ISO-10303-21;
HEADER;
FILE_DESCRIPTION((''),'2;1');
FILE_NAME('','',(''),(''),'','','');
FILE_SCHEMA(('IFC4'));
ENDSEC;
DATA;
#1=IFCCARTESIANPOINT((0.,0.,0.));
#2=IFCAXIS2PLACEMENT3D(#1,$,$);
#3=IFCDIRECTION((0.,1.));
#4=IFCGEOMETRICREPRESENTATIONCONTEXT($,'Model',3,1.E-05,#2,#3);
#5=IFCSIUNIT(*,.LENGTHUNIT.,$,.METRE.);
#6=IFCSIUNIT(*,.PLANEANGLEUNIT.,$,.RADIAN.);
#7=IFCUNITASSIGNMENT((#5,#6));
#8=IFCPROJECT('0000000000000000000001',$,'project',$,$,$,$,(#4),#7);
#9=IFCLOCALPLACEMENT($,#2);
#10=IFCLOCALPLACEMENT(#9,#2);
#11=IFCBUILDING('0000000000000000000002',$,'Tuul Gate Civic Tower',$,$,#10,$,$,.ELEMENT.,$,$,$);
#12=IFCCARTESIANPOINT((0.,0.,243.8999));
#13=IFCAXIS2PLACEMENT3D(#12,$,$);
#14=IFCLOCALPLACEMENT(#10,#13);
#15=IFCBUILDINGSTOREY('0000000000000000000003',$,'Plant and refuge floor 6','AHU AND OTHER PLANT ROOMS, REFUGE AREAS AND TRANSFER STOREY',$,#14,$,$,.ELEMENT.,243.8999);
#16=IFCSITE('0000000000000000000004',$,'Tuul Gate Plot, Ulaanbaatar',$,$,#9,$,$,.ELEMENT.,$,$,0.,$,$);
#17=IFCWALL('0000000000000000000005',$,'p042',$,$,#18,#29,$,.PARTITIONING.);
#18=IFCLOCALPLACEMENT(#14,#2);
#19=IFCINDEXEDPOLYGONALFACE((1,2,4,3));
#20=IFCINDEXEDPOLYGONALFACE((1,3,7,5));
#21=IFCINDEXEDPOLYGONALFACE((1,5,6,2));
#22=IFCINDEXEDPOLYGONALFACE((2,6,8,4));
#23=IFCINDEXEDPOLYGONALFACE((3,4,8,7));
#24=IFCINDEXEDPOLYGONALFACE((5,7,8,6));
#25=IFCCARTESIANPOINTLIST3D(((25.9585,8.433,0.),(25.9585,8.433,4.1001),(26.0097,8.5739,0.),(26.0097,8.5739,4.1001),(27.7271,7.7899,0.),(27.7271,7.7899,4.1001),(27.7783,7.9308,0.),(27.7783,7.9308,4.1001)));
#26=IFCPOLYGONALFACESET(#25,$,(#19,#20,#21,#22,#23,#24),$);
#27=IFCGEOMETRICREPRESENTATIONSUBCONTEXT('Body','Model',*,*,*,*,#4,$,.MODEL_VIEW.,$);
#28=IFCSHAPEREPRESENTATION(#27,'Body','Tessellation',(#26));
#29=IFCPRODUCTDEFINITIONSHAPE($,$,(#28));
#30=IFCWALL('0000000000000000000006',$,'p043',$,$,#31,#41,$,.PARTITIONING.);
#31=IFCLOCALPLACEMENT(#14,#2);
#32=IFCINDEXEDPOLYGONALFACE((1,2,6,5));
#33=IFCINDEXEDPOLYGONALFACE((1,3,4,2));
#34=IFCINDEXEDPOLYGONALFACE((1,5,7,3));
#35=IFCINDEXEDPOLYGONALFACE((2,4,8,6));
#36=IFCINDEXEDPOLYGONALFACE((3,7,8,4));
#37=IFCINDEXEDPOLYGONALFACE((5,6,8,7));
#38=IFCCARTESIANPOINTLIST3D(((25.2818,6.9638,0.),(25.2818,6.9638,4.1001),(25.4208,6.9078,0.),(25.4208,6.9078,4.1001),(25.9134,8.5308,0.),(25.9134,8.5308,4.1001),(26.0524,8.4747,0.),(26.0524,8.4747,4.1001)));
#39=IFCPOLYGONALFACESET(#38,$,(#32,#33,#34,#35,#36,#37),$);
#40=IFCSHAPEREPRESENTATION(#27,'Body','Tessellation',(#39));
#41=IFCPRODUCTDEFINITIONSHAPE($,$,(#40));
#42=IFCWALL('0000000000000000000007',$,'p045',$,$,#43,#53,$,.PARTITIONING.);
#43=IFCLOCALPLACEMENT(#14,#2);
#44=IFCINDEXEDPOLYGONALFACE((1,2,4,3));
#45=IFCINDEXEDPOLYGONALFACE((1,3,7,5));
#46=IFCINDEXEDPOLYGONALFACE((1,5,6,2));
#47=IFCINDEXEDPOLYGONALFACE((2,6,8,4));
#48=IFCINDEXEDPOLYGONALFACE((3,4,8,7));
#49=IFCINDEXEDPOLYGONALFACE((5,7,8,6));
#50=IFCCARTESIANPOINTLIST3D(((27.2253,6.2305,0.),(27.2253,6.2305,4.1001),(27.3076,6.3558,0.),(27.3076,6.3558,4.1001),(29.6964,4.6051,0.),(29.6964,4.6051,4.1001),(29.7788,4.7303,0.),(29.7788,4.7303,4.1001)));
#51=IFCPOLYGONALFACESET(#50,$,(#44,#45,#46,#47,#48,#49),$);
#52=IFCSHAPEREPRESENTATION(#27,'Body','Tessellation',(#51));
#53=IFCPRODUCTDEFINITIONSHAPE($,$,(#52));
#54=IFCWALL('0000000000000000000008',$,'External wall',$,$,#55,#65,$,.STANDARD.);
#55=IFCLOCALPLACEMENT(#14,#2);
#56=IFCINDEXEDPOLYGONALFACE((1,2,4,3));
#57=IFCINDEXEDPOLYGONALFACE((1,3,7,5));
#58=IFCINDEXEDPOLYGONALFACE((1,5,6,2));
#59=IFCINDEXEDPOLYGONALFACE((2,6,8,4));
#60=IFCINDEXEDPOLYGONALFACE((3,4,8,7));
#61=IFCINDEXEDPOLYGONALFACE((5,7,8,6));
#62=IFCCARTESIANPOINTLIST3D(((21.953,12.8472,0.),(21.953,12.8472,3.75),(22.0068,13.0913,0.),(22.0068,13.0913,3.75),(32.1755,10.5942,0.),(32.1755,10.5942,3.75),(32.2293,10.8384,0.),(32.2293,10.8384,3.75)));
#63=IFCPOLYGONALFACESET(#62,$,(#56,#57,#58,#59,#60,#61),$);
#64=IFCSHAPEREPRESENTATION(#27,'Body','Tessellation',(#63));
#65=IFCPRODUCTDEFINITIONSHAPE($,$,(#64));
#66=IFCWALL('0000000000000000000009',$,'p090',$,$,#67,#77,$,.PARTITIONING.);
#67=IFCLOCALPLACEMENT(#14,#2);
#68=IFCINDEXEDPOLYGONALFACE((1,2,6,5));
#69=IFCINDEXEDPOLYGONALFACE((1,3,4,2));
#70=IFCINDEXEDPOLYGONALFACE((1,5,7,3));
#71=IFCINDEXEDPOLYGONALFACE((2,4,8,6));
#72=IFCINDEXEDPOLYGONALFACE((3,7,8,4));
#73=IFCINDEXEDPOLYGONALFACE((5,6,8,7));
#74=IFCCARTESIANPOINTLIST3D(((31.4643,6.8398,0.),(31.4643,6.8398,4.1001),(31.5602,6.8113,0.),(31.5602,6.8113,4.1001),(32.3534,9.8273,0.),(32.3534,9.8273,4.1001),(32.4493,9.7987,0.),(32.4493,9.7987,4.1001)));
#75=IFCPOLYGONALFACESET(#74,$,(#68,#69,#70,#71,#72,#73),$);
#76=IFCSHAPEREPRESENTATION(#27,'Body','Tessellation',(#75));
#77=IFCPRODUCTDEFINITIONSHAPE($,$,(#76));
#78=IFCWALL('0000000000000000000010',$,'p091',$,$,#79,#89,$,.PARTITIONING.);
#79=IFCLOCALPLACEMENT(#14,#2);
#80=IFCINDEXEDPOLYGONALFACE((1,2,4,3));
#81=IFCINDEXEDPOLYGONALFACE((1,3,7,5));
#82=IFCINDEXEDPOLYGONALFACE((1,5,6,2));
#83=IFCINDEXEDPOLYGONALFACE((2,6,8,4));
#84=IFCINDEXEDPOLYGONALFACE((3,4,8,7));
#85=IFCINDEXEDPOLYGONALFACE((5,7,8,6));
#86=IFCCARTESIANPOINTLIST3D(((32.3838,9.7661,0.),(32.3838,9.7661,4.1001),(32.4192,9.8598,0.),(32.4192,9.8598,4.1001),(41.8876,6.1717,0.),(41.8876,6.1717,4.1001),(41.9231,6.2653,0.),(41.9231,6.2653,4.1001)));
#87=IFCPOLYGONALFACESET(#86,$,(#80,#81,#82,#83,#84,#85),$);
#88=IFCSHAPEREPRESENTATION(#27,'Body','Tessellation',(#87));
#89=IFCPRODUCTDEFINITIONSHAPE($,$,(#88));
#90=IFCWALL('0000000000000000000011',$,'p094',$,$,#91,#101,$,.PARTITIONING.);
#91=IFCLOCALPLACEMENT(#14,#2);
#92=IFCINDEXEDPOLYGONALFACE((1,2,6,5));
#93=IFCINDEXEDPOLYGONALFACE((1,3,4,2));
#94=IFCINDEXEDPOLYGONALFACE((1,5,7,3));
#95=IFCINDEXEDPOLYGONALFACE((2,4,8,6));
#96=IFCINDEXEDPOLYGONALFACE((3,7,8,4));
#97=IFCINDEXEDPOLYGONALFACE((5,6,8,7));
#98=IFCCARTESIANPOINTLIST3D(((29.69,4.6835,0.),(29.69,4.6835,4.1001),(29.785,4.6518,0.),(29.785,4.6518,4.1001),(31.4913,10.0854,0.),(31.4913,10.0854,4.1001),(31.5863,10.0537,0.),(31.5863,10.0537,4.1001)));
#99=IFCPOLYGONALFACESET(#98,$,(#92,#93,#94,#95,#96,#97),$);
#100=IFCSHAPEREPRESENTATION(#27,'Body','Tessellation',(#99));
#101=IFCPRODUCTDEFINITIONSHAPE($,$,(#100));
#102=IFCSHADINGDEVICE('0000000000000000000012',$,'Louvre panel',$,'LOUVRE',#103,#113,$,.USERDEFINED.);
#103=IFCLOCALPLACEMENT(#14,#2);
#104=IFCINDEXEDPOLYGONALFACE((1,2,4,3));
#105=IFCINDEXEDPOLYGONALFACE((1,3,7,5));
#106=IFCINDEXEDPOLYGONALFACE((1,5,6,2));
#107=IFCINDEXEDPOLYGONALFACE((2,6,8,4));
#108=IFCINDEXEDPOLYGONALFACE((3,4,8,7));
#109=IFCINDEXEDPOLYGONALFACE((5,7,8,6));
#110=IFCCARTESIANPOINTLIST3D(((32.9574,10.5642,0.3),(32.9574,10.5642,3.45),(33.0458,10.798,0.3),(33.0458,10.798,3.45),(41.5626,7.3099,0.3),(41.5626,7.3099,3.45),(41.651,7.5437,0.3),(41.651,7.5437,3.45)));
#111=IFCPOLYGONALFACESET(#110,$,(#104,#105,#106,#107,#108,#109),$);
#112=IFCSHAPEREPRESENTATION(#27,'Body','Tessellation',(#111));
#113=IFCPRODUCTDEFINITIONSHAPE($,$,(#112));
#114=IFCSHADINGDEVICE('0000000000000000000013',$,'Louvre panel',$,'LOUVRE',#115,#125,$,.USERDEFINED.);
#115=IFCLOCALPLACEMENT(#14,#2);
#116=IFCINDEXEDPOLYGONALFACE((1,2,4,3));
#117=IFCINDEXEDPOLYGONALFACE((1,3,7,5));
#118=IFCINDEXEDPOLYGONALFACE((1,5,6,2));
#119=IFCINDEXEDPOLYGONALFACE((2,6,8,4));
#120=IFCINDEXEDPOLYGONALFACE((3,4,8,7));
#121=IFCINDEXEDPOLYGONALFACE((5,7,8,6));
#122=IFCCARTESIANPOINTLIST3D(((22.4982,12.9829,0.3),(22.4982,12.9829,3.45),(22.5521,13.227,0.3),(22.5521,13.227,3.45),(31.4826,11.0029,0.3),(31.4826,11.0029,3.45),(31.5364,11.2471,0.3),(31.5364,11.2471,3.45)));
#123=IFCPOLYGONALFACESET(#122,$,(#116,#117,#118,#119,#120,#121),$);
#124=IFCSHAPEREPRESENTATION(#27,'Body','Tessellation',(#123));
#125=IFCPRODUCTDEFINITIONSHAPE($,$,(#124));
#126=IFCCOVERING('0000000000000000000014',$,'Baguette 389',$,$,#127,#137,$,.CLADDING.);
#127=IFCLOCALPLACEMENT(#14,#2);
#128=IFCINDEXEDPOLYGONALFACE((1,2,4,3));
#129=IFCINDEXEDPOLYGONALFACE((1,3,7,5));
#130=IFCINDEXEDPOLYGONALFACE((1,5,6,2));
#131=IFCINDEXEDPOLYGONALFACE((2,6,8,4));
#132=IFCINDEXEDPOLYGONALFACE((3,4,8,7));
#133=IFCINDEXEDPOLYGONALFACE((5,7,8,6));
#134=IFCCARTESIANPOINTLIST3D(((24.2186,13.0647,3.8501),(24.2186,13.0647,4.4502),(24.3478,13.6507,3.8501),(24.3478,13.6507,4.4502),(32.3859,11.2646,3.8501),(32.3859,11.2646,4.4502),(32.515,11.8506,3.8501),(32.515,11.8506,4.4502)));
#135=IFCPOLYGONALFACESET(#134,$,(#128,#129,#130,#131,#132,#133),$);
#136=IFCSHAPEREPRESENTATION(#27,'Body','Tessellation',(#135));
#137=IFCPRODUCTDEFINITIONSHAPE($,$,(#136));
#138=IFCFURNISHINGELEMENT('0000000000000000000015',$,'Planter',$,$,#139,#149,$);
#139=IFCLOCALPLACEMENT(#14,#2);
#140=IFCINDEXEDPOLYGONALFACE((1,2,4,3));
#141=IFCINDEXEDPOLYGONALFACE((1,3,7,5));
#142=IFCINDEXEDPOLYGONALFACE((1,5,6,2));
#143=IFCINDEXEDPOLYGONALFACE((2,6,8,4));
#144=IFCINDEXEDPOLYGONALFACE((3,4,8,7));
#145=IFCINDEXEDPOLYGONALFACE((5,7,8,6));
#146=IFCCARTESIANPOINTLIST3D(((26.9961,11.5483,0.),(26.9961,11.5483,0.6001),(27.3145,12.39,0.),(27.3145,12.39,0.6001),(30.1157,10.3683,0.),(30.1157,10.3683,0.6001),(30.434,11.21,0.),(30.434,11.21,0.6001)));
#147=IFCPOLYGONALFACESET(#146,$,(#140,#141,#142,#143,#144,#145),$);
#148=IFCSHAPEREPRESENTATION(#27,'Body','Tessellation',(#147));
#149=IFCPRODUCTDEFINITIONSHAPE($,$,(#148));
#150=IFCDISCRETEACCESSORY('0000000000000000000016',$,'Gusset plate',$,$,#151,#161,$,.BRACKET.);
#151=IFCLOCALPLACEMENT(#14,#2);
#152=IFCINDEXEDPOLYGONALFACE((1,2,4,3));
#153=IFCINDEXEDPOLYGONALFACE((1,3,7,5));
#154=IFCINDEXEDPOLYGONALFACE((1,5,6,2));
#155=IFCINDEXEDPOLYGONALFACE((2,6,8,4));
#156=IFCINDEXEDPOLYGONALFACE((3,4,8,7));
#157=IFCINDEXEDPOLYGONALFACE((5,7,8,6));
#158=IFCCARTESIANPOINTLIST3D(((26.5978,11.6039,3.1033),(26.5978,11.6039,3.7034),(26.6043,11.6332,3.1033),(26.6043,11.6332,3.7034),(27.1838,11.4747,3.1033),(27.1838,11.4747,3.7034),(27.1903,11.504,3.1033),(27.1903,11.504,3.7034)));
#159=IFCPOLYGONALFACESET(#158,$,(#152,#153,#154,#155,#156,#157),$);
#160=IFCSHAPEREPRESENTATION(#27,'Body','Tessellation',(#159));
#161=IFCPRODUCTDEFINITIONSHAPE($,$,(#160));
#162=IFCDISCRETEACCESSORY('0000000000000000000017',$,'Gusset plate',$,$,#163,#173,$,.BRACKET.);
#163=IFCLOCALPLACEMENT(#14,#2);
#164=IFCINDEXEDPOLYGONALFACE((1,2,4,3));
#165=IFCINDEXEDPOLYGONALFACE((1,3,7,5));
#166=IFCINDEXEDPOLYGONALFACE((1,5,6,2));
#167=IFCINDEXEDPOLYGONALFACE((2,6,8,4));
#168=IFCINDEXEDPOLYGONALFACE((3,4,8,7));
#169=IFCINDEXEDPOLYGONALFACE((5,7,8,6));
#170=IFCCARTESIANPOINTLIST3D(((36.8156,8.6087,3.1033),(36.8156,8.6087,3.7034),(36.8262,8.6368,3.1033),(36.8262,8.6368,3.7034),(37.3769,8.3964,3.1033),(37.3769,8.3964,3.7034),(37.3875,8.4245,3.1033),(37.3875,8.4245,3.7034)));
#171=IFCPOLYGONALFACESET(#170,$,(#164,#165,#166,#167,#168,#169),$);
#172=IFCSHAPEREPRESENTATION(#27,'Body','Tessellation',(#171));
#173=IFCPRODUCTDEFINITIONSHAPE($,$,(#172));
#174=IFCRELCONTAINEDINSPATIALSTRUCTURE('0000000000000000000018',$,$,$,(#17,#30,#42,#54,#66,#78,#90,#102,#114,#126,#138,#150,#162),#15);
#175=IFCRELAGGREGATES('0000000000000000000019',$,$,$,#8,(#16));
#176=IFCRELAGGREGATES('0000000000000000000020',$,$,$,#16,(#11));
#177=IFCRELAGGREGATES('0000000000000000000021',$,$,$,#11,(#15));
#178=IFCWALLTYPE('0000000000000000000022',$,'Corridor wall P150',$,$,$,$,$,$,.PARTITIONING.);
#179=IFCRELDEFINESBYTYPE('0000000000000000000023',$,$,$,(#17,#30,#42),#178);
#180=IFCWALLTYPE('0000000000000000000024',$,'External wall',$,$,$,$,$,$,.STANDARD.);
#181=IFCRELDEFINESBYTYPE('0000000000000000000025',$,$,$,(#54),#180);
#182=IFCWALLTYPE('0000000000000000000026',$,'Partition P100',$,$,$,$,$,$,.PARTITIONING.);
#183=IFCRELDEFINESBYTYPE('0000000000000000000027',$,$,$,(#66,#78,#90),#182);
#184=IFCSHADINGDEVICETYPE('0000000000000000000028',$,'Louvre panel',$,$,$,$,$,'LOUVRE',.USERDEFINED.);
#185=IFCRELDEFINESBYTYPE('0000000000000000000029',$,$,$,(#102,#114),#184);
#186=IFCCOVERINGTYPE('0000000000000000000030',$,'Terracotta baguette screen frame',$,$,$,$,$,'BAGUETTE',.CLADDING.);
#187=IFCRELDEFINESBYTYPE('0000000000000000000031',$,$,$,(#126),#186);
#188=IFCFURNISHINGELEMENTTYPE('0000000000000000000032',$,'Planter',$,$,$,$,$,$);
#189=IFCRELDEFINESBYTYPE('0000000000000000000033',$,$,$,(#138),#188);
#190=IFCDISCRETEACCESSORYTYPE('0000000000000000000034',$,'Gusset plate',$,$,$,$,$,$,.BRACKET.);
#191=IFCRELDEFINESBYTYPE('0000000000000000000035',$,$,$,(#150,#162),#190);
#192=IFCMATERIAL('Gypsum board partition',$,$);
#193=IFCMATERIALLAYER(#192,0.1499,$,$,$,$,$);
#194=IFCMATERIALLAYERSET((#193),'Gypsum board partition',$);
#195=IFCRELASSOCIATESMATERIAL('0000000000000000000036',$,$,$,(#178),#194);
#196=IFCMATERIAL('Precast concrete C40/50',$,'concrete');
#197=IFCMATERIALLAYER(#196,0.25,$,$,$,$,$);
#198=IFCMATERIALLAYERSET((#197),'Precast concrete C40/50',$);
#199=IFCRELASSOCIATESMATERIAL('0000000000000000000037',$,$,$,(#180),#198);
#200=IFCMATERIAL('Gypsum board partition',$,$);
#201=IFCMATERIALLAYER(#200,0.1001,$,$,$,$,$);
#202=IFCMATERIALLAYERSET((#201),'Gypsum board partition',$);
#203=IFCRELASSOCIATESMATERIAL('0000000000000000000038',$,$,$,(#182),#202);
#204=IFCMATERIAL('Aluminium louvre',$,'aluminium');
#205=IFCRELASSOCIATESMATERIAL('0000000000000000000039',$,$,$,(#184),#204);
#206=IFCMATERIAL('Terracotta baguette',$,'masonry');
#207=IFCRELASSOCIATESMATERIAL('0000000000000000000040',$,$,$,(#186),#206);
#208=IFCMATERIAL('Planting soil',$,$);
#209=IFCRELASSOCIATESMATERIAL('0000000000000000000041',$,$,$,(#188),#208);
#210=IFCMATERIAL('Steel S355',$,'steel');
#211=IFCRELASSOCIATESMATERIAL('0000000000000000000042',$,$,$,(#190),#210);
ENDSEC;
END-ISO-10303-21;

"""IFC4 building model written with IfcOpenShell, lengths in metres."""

from ifc_helpers import new_model, si_unit, direction, frame, frame_2d, origin, origin_2d, place, context, subcontext, project, spatial, rectangle, extrude, material, layer, layer_set, material_profile, profile_set, type_object, element, save


model = new_model("IFC4")

# Units and contexts
model_context = context("Model", 3, precision=1e-05, world=origin(), true_north=direction((0.0, 1.0)))
body_context = subcontext(model_context, "Body", "Model", "MODEL_VIEW")
ifc_project = project(units=[si_unit("LENGTHUNIT", "METRE"), si_unit("PLANEANGLEUNIT", "RADIAN")], contexts=[model_context])

# Site, building, storey
site_placement = place(None, origin())
site = spatial("IfcSite", under=ifc_project, at=site_placement, Name="Tuul Gate Plot, Ulaanbaatar", CompositionType="ELEMENT", RefElevation=0.0)
building_placement = place(site_placement, origin())
building = spatial("IfcBuilding", under=site, at=building_placement, Name="Tuul Gate Civic Tower", CompositionType="ELEMENT")
storey_placement = place(building_placement, frame((0.0, 0.0, 243.8999)))
storey = spatial("IfcBuildingStorey", under=building, at=storey_placement, Name="Plant and refuge floor 6", Description="AHU AND OTHER PLANT ROOMS, REFUGE AREAS AND TRANSFER STOREY", CompositionType="ELEMENT", Elevation=243.8999)

# Walls
ifc_material_1 = material(Name="Gypsum board partition")
ifc_layer_1 = layer(ifc_material_1, 0.1499)
ifc_layer_set_1 = layer_set([ifc_layer_1], Name="Gypsum board partition")
wall_type_1 = type_object("IfcWallType", Name="Corridor wall P150", PredefinedType="PARTITIONING", material=ifc_layer_set_1)
wall_1_placement = place(storey_placement, frame((25.9841, 8.5034, 0.0), z_axis=(0.0, 0.0, 1.0), x_axis=(0.939801, -0.341722, 0.0)))
element("IfcWall", 1, at=wall_1_placement, inside=storey, type_object=wall_type_1, Name="p042", PredefinedType="PARTITIONING", context=body_context, shape_type="SweptSolid", body=[
    extrude(rectangle(XDim=1.8818, YDim=0.1499, at=frame_2d((0.9409, 0.0))), origin(), (0.0, 0.0, 1.0), 4.1001),
])
wall_2_placement = place(storey_placement, frame((25.3513, 6.9358, 0.0), z_axis=(0.0, 0.0, 1.0), x_axis=(0.373856, 0.927487, 0.0)))
element("IfcWall", 2, at=wall_2_placement, inside=storey, type_object=wall_type_1, Name="p043", PredefinedType="PARTITIONING", context=body_context, shape_type="SweptSolid", body=[
    extrude(rectangle(XDim=1.6895, YDim=0.1499, at=frame_2d((0.8447, 0.0))), origin(), (0.0, 0.0, 1.0), 4.1001),
])
wall_3_placement = place(storey_placement, frame((27.2664, 6.2932, 0.0), z_axis=(0.0, 0.0, 1.0), x_axis=(0.835463, -0.549547, 0.0)))
element("IfcWall", 3, at=wall_3_placement, inside=storey, type_object=wall_type_1, Name="p045", PredefinedType="PARTITIONING", context=body_context, shape_type="SweptSolid", body=[
    extrude(rectangle(XDim=2.9578, YDim=0.1499, at=frame_2d((1.479, 0.0))), origin(), (0.0, 0.0, 1.0), 4.1001),
])
ifc_material_2 = material(Name="Precast concrete C40/50", Category="concrete")
ifc_layer_2 = layer(ifc_material_2, 0.25)
ifc_layer_set_2 = layer_set([ifc_layer_2], Name="Precast concrete C40/50")
wall_type_2 = type_object("IfcWallType", Name="External wall", PredefinedType="STANDARD", material=ifc_layer_set_2)
wall_4_placement = place(storey_placement, frame((32.2024, 10.7163, 0.0), z_axis=(0.0, 0.0, 1.0), x_axis=(-0.976564, 0.215226, 0.0)))
element("IfcWall", 4, at=wall_4_placement, inside=storey, type_object=wall_type_2, Name="External wall", PredefinedType="STANDARD", context=body_context, shape_type="SweptSolid", body=[
    extrude(rectangle(XDim=10.4678, YDim=0.25, at=frame_2d((5.2339, 0.0))), origin(), (0.0, 0.0, 1.0), 3.75),
])
ifc_material_3 = material(Name="Gypsum board partition")
ifc_layer_3 = layer(ifc_material_3, 0.1001)
ifc_layer_set_3 = layer_set([ifc_layer_3], Name="Gypsum board partition")
wall_type_3 = type_object("IfcWallType", Name="Partition P100", PredefinedType="PARTITIONING", material=ifc_layer_set_3)
wall_5_placement = place(storey_placement, frame((31.5122, 6.8254, 0.0), z_axis=(0.0, 0.0, 1.0), x_axis=(0.285256, 0.958451, 0.0)))
element("IfcWall", 5, at=wall_5_placement, inside=storey, type_object=wall_type_3, Name="p090", PredefinedType="PARTITIONING", context=body_context, shape_type="SweptSolid", body=[
    extrude(rectangle(XDim=3.1169, YDim=0.1001, at=frame_2d((1.5586, 0.0))), origin(), (0.0, 0.0, 1.0), 4.1001),
])
wall_6_placement = place(storey_placement, frame((32.4014, 9.813, 0.0), z_axis=(0.0, 0.0, 1.0), x_axis=(0.935338, -0.353755, 0.0)))
element("IfcWall", 6, at=wall_6_placement, inside=storey, type_object=wall_type_3, Name="p091", PredefinedType="PARTITIONING", context=body_context, shape_type="SweptSolid", body=[
    extrude(rectangle(XDim=10.1609, YDim=0.1001, at=frame_2d((5.0806, 0.0))), origin(), (0.0, 0.0, 1.0), 4.1001),
])
wall_7_placement = place(storey_placement, frame((31.5388, 10.0696, 0.0), z_axis=(0.0, 0.0, 1.0), x_axis=(-0.316331, -0.948649, 0.0)))
element("IfcWall", 7, at=wall_7_placement, inside=storey, type_object=wall_type_3, Name="p094", PredefinedType="PARTITIONING", context=body_context, shape_type="SweptSolid", body=[
    extrude(rectangle(XDim=5.6943, YDim=0.1001, at=frame_2d((2.8472, 0.0))), origin(), (0.0, 0.0, 1.0), 4.1001),
])

# Shading devices
ifc_material_4 = material(Name="Aluminium louvre", Category="aluminium")
shading_device_type = type_object("IfcShadingDeviceType", Name="Louvre panel", ElementType="LOUVRE", PredefinedType="USERDEFINED", material=ifc_material_4)
for number, where, z_axis, x_axis, name in (
    (8, (37.3042, 9.054, 0.3), (0.0, 0.0, 1.0), (0.353734, 0.935346, 0.0), "Louvre panel"),
    (9, (27.0173, 12.115, 0.3), (0.0, 0.0, 1.0), (0.215215, 0.976567, 0.0), "Louvre panel"),
):
    element("IfcShadingDevice", number, at=place(storey_placement, frame(where, z_axis=z_axis, x_axis=x_axis)), inside=storey, type_object=shading_device_type, Name=name, ObjectType="LOUVRE", PredefinedType="USERDEFINED", context=body_context, shape_type="SweptSolid", body=[
        extrude(rectangle(XDim=0.25, YDim=9.2, at=origin_2d()), origin(), (0.0, 0.0, 1.0), 3.1499),
    ])

# Covering
ifc_material_5 = material(Name="Terracotta baguette", Category="masonry")
ifc_material_profile_1 = material_profile(ifc_material_5, rectangle(XDim=0.6001, YDim=0.6001, at=origin_2d()), Name="Terracotta baguette screen frame")
ifc_profile_set_1 = profile_set([ifc_material_profile_1], Name="Terracotta baguette")
covering_type = type_object("IfcCoveringType", Name="Terracotta baguette screen frame", ElementType="BAGUETTE", PredefinedType="CLADDING", material=ifc_profile_set_1)
covering_placement = place(storey_placement, frame((32.4504, 11.5576, 4.1501), z_axis=(-0.976563, 0.215233, 0.0), x_axis=(-0.215233, -0.976563, 0.0)))
element("IfcCovering", 10, at=covering_placement, inside=storey, type_object=covering_type, Name="Baguette 389", PredefinedType="CLADDING", context=body_context, shape_type="SweptSolid", body=[
    extrude(rectangle(XDim=0.6001, YDim=0.6001, at=origin_2d()), origin(), (0.0, 0.0, 1.0), 8.3633),
])

# Furnishing element
ifc_material_6 = material(Name="Planting soil")
furnishing_element_type = type_object("IfcFurnishingElementType", Name="Planter", material=ifc_material_6)
furnishing_placement = place(storey_placement, frame((28.7151, 11.3792, 0.0), z_axis=(0.0, 0.0, 1.0), x_axis=(-0.935326, 0.353787, 0.0)))
element("IfcFurnishingElement", 11, at=furnishing_placement, inside=storey, type_object=furnishing_element_type, Name="Planter", context=body_context, shape_type="SweptSolid", body=[
    extrude(rectangle(XDim=3.3352, YDim=0.8999, at=origin_2d()), origin(), (0.0, 0.0, 1.0), 0.6001),
])

# Discrete accessories
ifc_material_7 = material(Name="Steel S355", Category="steel")
discrete_accessory_type = type_object("IfcDiscreteAccessoryType", Name="Gusset plate", PredefinedType="BRACKET", material=ifc_material_7)
for number, where, z_axis, x_axis, name in (
    (12, (26.894, 11.554, 3.1033), (0.0, 0.0, 1.0), (0.976569, -0.215205, 0.0), "Gusset plate"),
    (13, (37.1016, 8.5166, 3.1033), (0.0, 0.0, 1.0), (0.935344, -0.353739, 0.0), "Gusset plate"),
):
    element("IfcDiscreteAccessory", number, at=place(storey_placement, frame(where, z_axis=z_axis, x_axis=x_axis)), inside=storey, type_object=discrete_accessory_type, Name=name, PredefinedType="BRACKET", context=body_context, shape_type="SweptSolid", body=[
        extrude(rectangle(XDim=0.6001, YDim=0.03, at=origin_2d()), origin(), (0.0, 0.0, 1.0), 0.6001),
    ])

save(model, "model.ifc")
